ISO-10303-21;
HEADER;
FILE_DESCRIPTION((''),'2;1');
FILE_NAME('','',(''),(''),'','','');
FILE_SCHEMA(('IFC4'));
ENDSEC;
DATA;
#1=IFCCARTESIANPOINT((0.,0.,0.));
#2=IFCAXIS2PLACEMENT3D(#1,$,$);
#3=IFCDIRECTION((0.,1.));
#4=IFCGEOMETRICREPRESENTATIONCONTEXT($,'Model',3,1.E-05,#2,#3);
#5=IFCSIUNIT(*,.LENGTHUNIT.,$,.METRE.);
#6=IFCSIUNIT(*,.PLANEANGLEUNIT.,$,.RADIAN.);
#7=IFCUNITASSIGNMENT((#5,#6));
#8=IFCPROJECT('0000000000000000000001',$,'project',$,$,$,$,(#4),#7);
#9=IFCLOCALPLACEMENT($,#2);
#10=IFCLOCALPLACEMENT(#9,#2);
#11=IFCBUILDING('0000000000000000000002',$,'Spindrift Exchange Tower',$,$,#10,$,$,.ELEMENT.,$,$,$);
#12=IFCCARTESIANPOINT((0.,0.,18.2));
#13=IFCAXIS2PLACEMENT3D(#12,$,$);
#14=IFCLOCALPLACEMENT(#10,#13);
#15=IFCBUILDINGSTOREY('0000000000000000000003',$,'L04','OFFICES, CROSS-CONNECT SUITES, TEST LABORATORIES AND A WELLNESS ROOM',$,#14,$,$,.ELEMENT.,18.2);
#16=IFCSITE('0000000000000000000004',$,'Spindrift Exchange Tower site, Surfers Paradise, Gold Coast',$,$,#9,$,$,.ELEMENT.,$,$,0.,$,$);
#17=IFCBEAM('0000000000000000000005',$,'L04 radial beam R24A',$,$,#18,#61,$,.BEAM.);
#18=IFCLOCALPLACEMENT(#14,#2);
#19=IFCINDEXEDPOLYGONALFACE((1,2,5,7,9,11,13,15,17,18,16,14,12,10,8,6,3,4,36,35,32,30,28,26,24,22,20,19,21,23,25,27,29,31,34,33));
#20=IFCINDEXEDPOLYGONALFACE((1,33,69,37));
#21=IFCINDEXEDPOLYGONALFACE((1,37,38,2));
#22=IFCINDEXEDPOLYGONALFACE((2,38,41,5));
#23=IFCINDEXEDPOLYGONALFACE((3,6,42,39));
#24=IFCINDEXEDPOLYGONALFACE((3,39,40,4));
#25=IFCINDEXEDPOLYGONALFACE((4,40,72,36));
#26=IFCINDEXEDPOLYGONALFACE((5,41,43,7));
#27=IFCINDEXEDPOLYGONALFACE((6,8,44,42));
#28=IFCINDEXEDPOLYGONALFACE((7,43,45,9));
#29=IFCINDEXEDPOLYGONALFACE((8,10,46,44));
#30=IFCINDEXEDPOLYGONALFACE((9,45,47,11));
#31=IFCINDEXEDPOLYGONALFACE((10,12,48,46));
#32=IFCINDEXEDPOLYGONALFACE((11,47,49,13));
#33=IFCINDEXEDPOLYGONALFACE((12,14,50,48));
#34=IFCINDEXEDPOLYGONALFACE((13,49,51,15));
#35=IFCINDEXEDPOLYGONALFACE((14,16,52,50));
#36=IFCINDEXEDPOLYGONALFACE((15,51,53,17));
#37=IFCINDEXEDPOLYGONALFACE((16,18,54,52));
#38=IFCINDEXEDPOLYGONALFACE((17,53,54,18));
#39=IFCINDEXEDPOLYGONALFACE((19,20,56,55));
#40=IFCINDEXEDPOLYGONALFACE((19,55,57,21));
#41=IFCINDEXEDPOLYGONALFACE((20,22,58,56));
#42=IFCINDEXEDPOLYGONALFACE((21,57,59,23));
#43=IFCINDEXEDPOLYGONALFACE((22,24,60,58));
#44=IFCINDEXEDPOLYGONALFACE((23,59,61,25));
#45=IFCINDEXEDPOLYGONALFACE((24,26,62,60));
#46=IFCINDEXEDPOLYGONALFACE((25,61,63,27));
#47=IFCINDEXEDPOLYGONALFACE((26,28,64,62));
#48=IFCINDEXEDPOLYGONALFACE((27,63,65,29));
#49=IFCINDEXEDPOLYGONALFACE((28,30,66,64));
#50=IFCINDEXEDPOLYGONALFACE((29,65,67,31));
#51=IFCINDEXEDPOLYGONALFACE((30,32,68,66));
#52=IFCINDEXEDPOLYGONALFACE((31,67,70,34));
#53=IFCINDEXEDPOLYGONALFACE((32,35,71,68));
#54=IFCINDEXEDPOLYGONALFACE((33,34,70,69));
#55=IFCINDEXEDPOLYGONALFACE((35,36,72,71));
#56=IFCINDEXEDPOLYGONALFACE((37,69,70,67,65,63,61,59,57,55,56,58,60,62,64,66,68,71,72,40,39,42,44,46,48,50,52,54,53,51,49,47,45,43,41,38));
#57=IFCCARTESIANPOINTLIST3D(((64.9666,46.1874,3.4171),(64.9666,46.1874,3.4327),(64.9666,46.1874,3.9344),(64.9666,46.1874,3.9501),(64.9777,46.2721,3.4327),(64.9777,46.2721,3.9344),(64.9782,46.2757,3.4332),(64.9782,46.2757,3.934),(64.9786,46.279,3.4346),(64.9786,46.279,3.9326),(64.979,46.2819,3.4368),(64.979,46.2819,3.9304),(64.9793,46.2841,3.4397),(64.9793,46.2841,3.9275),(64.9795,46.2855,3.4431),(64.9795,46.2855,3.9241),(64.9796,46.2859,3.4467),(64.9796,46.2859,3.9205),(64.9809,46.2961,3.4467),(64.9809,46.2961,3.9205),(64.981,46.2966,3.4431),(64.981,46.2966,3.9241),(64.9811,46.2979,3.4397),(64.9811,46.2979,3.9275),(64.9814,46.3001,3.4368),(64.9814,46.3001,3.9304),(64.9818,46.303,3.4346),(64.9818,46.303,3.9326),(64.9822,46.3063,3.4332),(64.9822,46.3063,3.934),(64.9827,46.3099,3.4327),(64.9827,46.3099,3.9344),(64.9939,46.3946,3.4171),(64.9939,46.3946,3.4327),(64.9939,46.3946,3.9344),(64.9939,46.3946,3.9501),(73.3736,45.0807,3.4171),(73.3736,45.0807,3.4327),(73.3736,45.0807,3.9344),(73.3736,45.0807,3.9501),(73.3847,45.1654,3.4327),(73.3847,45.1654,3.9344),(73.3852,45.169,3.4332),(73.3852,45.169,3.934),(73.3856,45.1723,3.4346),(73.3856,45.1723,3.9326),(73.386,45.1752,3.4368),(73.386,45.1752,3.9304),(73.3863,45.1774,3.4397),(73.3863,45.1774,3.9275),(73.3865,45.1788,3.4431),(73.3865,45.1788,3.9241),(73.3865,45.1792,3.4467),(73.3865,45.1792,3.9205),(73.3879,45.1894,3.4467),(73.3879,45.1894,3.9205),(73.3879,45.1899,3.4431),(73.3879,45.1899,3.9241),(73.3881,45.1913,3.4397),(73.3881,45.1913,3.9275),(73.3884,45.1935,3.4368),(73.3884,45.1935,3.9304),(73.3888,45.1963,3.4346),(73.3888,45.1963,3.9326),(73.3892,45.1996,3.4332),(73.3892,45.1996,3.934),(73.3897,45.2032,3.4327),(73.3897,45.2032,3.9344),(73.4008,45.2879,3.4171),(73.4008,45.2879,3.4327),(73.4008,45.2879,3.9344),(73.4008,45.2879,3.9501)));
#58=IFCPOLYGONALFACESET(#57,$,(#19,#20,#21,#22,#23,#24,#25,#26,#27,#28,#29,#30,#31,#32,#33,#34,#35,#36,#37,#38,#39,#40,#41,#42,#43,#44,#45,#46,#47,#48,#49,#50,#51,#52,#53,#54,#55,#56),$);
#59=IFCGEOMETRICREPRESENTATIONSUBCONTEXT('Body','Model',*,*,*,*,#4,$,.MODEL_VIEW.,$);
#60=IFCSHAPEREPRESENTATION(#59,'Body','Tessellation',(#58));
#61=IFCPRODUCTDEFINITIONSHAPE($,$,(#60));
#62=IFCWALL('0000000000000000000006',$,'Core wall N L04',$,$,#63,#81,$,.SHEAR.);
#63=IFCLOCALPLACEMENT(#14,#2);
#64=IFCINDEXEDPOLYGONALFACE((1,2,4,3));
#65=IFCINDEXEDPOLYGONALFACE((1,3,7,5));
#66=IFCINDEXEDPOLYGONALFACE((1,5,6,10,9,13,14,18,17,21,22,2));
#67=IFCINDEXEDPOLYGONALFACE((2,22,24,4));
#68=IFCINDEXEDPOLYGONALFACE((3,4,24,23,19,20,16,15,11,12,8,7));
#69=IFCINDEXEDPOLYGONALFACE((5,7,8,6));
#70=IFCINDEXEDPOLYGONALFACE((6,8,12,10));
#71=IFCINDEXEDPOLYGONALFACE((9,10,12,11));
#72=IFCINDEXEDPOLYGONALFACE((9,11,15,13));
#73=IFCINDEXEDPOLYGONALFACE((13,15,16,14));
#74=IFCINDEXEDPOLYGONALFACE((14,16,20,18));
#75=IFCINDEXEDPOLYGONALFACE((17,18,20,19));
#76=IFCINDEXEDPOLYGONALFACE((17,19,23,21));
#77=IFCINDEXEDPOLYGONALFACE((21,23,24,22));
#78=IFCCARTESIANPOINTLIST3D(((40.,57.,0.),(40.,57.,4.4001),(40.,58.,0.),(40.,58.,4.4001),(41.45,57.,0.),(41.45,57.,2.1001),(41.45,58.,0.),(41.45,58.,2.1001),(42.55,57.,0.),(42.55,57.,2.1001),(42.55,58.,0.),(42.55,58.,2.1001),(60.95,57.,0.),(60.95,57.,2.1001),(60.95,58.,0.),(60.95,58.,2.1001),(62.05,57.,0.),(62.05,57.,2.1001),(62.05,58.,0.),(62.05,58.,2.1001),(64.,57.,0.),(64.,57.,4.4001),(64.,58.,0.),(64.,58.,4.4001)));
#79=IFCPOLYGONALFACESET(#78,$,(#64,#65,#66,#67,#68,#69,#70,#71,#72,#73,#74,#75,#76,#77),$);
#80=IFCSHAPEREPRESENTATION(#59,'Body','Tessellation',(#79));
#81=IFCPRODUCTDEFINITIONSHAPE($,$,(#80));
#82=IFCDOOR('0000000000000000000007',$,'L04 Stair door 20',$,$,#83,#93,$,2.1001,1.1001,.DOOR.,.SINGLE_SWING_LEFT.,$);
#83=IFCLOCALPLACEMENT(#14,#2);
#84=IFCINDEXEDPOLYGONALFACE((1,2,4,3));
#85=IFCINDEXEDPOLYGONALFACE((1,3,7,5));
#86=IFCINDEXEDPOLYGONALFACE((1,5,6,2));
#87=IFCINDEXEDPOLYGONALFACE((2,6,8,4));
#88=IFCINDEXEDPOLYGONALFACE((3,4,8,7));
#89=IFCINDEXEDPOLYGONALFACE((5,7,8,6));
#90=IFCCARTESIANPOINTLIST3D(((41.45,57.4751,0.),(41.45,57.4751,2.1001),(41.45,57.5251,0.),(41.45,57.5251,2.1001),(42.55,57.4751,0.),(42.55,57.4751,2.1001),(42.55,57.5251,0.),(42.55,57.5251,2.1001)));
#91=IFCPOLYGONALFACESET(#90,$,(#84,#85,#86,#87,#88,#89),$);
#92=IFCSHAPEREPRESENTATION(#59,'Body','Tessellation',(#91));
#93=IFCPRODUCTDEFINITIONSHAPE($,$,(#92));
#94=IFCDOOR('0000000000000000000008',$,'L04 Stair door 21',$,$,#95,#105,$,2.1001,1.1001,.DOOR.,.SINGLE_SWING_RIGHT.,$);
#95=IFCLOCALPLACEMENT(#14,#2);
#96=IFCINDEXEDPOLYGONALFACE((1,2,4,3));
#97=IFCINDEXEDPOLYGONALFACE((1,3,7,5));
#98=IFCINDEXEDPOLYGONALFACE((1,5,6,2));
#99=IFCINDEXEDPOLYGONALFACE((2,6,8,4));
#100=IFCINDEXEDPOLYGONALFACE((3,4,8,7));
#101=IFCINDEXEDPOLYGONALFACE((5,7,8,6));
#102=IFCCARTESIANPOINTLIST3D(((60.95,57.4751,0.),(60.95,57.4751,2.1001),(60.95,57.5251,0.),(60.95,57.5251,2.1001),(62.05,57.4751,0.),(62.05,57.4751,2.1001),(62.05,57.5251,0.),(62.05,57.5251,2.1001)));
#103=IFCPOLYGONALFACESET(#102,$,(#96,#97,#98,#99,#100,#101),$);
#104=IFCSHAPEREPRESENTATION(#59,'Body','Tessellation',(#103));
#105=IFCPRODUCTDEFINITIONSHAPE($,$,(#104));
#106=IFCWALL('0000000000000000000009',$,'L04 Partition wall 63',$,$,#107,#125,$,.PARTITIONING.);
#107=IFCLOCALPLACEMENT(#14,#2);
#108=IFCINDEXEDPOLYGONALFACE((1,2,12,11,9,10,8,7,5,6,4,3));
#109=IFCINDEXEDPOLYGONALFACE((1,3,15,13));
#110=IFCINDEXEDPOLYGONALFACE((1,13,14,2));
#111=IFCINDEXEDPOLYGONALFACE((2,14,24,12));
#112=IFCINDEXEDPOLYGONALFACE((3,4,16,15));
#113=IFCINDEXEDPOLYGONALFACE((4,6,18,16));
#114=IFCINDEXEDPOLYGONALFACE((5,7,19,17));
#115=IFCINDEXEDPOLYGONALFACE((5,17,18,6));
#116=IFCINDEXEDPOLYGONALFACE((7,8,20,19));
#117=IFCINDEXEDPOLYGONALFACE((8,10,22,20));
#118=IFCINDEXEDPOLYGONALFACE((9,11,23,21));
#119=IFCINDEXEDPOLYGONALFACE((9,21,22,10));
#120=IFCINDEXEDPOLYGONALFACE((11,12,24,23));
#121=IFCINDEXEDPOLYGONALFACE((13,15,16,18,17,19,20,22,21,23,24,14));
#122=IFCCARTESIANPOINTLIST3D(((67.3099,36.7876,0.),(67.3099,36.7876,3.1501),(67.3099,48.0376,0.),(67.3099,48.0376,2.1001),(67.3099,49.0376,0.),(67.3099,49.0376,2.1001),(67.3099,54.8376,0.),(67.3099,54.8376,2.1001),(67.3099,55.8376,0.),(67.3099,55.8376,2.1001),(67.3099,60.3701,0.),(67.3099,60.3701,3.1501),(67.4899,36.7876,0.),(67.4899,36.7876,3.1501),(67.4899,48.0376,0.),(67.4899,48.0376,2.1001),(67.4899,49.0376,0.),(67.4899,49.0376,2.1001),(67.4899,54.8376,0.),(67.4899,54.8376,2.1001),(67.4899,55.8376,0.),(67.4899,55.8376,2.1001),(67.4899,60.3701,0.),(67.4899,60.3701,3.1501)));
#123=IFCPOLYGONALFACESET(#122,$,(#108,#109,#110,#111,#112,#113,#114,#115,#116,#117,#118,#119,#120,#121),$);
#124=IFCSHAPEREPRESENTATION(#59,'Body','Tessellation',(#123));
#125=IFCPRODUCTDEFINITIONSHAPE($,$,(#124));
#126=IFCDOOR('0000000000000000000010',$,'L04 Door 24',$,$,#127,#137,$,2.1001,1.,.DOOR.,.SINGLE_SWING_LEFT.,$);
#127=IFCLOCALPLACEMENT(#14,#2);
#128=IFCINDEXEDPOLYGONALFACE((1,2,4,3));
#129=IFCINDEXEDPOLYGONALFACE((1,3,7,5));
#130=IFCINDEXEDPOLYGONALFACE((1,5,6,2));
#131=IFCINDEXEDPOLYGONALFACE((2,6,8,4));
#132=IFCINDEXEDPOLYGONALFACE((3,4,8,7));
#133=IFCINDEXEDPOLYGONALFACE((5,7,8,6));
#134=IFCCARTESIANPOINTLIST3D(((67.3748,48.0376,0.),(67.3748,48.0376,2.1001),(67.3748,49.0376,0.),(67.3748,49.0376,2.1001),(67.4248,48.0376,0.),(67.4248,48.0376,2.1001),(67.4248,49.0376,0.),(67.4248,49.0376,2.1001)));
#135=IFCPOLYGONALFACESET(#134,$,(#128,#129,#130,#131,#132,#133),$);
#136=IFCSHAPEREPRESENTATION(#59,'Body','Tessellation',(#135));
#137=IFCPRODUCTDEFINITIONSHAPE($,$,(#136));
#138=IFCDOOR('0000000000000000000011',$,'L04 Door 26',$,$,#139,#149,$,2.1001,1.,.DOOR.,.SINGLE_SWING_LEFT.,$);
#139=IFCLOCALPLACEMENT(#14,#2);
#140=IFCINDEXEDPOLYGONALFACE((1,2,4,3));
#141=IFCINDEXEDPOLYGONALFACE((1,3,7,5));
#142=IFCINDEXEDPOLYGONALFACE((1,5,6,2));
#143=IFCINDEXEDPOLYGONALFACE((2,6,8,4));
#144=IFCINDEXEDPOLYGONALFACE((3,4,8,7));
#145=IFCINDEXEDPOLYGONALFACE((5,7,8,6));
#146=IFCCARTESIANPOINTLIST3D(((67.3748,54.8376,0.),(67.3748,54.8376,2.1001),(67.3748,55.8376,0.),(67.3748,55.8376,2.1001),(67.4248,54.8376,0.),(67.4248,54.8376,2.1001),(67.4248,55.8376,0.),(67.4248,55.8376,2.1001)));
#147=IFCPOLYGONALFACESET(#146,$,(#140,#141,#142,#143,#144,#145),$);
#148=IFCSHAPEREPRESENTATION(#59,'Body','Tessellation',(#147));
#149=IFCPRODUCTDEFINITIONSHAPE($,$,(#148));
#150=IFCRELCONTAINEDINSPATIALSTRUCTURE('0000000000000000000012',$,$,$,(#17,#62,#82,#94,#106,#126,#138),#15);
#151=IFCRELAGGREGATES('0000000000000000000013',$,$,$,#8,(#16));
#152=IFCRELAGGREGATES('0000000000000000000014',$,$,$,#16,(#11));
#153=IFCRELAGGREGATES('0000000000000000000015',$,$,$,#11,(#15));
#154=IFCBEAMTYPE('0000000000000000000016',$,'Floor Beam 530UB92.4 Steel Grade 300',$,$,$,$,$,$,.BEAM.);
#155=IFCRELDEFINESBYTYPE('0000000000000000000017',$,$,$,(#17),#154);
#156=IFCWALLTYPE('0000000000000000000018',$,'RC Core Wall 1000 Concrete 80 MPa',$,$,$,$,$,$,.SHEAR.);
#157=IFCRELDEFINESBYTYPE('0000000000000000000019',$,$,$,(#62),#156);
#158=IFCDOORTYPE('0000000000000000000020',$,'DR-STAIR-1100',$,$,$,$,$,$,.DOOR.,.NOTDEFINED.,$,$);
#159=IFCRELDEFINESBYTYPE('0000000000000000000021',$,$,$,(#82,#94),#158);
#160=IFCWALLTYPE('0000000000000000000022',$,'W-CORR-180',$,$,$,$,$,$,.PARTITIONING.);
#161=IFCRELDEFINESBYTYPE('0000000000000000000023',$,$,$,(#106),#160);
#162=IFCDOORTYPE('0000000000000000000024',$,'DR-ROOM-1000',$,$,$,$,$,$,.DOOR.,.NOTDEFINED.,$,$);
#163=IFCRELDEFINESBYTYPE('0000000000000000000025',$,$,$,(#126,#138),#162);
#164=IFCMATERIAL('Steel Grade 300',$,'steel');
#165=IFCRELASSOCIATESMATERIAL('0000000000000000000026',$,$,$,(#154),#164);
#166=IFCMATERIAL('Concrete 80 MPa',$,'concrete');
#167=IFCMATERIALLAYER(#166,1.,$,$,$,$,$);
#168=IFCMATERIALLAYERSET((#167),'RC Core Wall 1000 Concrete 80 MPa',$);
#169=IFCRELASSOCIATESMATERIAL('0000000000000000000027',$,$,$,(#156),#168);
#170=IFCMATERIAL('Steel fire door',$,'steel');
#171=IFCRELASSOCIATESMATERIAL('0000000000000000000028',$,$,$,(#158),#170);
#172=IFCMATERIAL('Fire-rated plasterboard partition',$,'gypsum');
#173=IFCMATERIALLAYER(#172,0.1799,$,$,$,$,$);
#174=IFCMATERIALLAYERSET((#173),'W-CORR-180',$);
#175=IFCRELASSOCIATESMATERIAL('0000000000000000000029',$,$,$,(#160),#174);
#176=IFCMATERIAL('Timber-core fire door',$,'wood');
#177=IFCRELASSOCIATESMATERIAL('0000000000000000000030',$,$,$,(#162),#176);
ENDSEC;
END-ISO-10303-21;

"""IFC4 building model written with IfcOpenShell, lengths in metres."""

from ifc_helpers import new_model, si_unit, direction, frame, frame_2d, origin, origin_2d, place, context, subcontext, project, spatial, rectangle, i_section, extrude, source, transform, mapped, material, layer, layer_set, material_profile, profile_set, type_object, element, fill, save


model = new_model("IFC4")

# Units and contexts
model_context = context("Model", 3, precision=1e-05, world=origin(), true_north=direction((0.0, 1.0)))
body_context = subcontext(model_context, "Body", "Model", "MODEL_VIEW")
ifc_project = project(units=[si_unit("LENGTHUNIT", "METRE"), si_unit("PLANEANGLEUNIT", "RADIAN")], contexts=[model_context])

# Site, building, storey
site_placement = place(None, origin())
site = spatial("IfcSite", under=ifc_project, at=site_placement, Name="Spindrift Exchange Tower site, Surfers Paradise, Gold Coast", CompositionType="ELEMENT", RefElevation=0.0)
building_placement = place(site_placement, origin())
building = spatial("IfcBuilding", under=site, at=building_placement, Name="Spindrift Exchange Tower", CompositionType="ELEMENT")
storey_placement = place(building_placement, frame((0.0, 0.0, 18.2)))
storey = spatial("IfcBuildingStorey", under=building, at=storey_placement, Name="L04", Description="OFFICES, CROSS-CONNECT SUITES, TEST LABORATORIES AND A WELLNESS ROOM", CompositionType="ELEMENT", Elevation=18.2)

# Beam
ifc_material_1 = material(Name="Steel Grade 300", Category="steel")
ifc_material_profile_1 = material_profile(ifc_material_1, i_section(OverallWidth=0.209, OverallDepth=0.533, WebThickness=0.0103, FlangeThickness=0.0156, FilletRadius=0.0139, at=origin_2d()), Name="530UB92.4")
ifc_profile_set_1 = profile_set([ifc_material_profile_1], Name="Steel Grade 300")
beam_type_1 = type_object("IfcBeamType", Name="Floor Beam 530UB92.4 Steel Grade 300", PredefinedType="BEAM", material=ifc_profile_set_1)
shared_shape_1 = source(origin(), body_context, "Body", "SweptSolid", [
    extrude(i_section(OverallWidth=0.209, OverallDepth=0.533, WebThickness=0.0103, FlangeThickness=0.0156, FilletRadius=0.0139, at=origin_2d()), origin(), (0.0, 0.0, 1.0), 8.4795),
])
beam_1_placement = place(storey_placement, frame((64.9802, 46.291, 3.6836), z_axis=(0.991447, -0.130513, 0.0), x_axis=(0.130513, 0.991447, 0.0)))
element("IfcBeam", 1, at=beam_1_placement, inside=storey, type_object=beam_type_1, Name="L04 radial beam R24A", PredefinedType="BEAM", context=body_context, shape_type="MappedRepresentation", body=[
    mapped(shared_shape_1, transform((0.0, 0.0, 0.0), scale=1.0)),
])

# Walls, openings, doors
ifc_material_2 = material(Name="Concrete 80 MPa", Category="concrete")
ifc_layer_1 = layer(ifc_material_2, 1.0)
ifc_layer_set_1 = layer_set([ifc_layer_1], Name="RC Core Wall 1000 Concrete 80 MPa")
wall_type_1 = type_object("IfcWallType", Name="RC Core Wall 1000 Concrete 80 MPa", PredefinedType="SHEAR", material=ifc_layer_set_1)
wall_1_placement = place(storey_placement, frame((64.0, 57.5, 0.0), z_axis=(0.0, 0.0, 1.0), x_axis=(-1.0, 0.0, 0.0)))
wall_1 = element("IfcWall", 2, at=wall_1_placement, inside=storey, type_object=wall_type_1, Name="Core wall N L04", PredefinedType="SHEAR", context=body_context, shape_type="SweptSolid", body=[
    extrude(rectangle(XDim=24.0, YDim=1.0, at=frame_2d((12.0, 0.0))), origin(), (0.0, 0.0, 1.0), 4.4001),
])
opening_1_placement = place(wall_1_placement, frame((21.45, 0.0, 0.0)))
opening_1 = element("IfcOpeningElement", 3, at=opening_1_placement, cuts=wall_1, PredefinedType="OPENING", context=body_context, shape_type="SweptSolid", body=[
    extrude(rectangle(XDim=1.1001, YDim=2.1001, at=frame_2d((0.55, 1.05))), frame((0.0, 0.51, 0.0), z_axis=(0.0, -1.0, 0.0), x_axis=(1.0, 0.0, 0.0)), (0.0, 0.0, 1.0), 1.02),
])
opening_2_placement = place(wall_1_placement, frame((1.95, 0.0, 0.0)))
opening_2 = element("IfcOpeningElement", 4, at=opening_2_placement, cuts=wall_1, PredefinedType="OPENING", context=body_context, shape_type="SweptSolid", body=[
    extrude(rectangle(XDim=1.1001, YDim=2.1001, at=frame_2d((0.55, 1.05))), frame((0.0, 0.51, 0.0), z_axis=(0.0, -1.0, 0.0), x_axis=(1.0, 0.0, 0.0)), (0.0, 0.0, 1.0), 1.02),
])
ifc_material_3 = material(Name="Steel fire door", Category="steel")
door_type_1 = type_object("IfcDoorType", Name="DR-STAIR-1100", OperationType="NOTDEFINED", PredefinedType="DOOR", material=ifc_material_3)
shared_shape_2 = source(origin(), body_context, "Body", "SweptSolid", [
    extrude(rectangle(XDim=1.1001, YDim=2.1001, at=frame_2d((0.55, 1.05))), frame((0.0, 0.0249, 0.0), z_axis=(0.0, -1.0, 0.0), x_axis=(1.0, 0.0, 0.0)), (0.0, 0.0, 1.0), 0.05),
])
door_1_placement = place(opening_1_placement, origin())
door_1 = element("IfcDoor", 5, at=door_1_placement, inside=storey, type_object=door_type_1, Name="L04 Stair door 20", OperationType="SINGLE_SWING_LEFT", OverallHeight=2.1001, OverallWidth=1.1001, PredefinedType="DOOR", context=body_context, shape_type="MappedRepresentation", body=[
    mapped(shared_shape_2, transform((0.0, 0.0, 0.0), scale=1.0)),
])
fill(opening_1, door_1)
door_2_placement = place(opening_2_placement, origin())
door_2 = element("IfcDoor", 6, at=door_2_placement, inside=storey, type_object=door_type_1, Name="L04 Stair door 21", OperationType="SINGLE_SWING_RIGHT", OverallHeight=2.1001, OverallWidth=1.1001, PredefinedType="DOOR", context=body_context, shape_type="MappedRepresentation", body=[
    mapped(shared_shape_2, transform((0.0, 0.0, 0.0), scale=1.0)),
])
fill(opening_2, door_2)
ifc_material_4 = material(Name="Fire-rated plasterboard partition", Category="gypsum")
ifc_layer_2 = layer(ifc_material_4, 0.1799)
ifc_layer_set_2 = layer_set([ifc_layer_2], Name="W-CORR-180")
wall_type_2 = type_object("IfcWallType", Name="W-CORR-180", PredefinedType="PARTITIONING", material=ifc_layer_set_2)
wall_2_placement = place(storey_placement, frame((67.3999, 60.3701, 0.0), z_axis=(0.0, 0.0, 1.0), x_axis=(0.0, -1.0, 0.0)))
wall_2 = element("IfcWall", 7, at=wall_2_placement, inside=storey, type_object=wall_type_2, Name="L04 Partition wall 63", PredefinedType="PARTITIONING", context=body_context, shape_type="SweptSolid", body=[
    extrude(rectangle(XDim=23.5825, YDim=0.1799, at=frame_2d((11.7913, 0.0))), origin(), (0.0, 0.0, 1.0), 3.1501),
])
opening_3_placement = place(wall_2_placement, frame((11.3325, 0.0, 0.0)))
opening_3 = element("IfcOpeningElement", 8, at=opening_3_placement, cuts=wall_2, PredefinedType="OPENING", context=body_context, shape_type="SweptSolid", body=[
    extrude(rectangle(XDim=1.0, YDim=2.1001, at=frame_2d((0.5, 1.05))), frame((0.0, 0.0999, 0.0), z_axis=(0.0, -1.0, 0.0), x_axis=(1.0, 0.0, 0.0)), (0.0, 0.0, 1.0), 0.2),
])
opening_4_placement = place(wall_2_placement, frame((4.5325, 0.0, 0.0)))
opening_4 = element("IfcOpeningElement", 9, at=opening_4_placement, cuts=wall_2, PredefinedType="OPENING", context=body_context, shape_type="SweptSolid", body=[
    extrude(rectangle(XDim=1.0, YDim=2.1001, at=frame_2d((0.5, 1.05))), frame((0.0, 0.0999, 0.0), z_axis=(0.0, -1.0, 0.0), x_axis=(1.0, 0.0, 0.0)), (0.0, 0.0, 1.0), 0.2),
])
ifc_material_5 = material(Name="Timber-core fire door", Category="wood")
door_type_2 = type_object("IfcDoorType", Name="DR-ROOM-1000", OperationType="NOTDEFINED", PredefinedType="DOOR", material=ifc_material_5)
shared_shape_3 = source(origin(), body_context, "Body", "SweptSolid", [
    extrude(rectangle(XDim=1.0, YDim=2.1001, at=frame_2d((0.5, 1.05))), frame((0.0, 0.0249, 0.0), z_axis=(0.0, -1.0, 0.0), x_axis=(1.0, 0.0, 0.0)), (0.0, 0.0, 1.0), 0.05),
])
door_3_placement = place(opening_3_placement, origin())
door_3 = element("IfcDoor", 10, at=door_3_placement, inside=storey, type_object=door_type_2, Name="L04 Door 24", OperationType="SINGLE_SWING_LEFT", OverallHeight=2.1001, OverallWidth=1.0, PredefinedType="DOOR", context=body_context, shape_type="MappedRepresentation", body=[
    mapped(shared_shape_3, transform((0.0, 0.0, 0.0), scale=1.0)),
])
fill(opening_3, door_3)
door_4_placement = place(opening_4_placement, origin())
door_4 = element("IfcDoor", 11, at=door_4_placement, inside=storey, type_object=door_type_2, Name="L04 Door 26", OperationType="SINGLE_SWING_LEFT", OverallHeight=2.1001, OverallWidth=1.0, PredefinedType="DOOR", context=body_context, shape_type="MappedRepresentation", body=[
    mapped(shared_shape_3, transform((0.0, 0.0, 0.0), scale=1.0)),
])
fill(opening_4, door_4)

save(model, "model.ifc")
